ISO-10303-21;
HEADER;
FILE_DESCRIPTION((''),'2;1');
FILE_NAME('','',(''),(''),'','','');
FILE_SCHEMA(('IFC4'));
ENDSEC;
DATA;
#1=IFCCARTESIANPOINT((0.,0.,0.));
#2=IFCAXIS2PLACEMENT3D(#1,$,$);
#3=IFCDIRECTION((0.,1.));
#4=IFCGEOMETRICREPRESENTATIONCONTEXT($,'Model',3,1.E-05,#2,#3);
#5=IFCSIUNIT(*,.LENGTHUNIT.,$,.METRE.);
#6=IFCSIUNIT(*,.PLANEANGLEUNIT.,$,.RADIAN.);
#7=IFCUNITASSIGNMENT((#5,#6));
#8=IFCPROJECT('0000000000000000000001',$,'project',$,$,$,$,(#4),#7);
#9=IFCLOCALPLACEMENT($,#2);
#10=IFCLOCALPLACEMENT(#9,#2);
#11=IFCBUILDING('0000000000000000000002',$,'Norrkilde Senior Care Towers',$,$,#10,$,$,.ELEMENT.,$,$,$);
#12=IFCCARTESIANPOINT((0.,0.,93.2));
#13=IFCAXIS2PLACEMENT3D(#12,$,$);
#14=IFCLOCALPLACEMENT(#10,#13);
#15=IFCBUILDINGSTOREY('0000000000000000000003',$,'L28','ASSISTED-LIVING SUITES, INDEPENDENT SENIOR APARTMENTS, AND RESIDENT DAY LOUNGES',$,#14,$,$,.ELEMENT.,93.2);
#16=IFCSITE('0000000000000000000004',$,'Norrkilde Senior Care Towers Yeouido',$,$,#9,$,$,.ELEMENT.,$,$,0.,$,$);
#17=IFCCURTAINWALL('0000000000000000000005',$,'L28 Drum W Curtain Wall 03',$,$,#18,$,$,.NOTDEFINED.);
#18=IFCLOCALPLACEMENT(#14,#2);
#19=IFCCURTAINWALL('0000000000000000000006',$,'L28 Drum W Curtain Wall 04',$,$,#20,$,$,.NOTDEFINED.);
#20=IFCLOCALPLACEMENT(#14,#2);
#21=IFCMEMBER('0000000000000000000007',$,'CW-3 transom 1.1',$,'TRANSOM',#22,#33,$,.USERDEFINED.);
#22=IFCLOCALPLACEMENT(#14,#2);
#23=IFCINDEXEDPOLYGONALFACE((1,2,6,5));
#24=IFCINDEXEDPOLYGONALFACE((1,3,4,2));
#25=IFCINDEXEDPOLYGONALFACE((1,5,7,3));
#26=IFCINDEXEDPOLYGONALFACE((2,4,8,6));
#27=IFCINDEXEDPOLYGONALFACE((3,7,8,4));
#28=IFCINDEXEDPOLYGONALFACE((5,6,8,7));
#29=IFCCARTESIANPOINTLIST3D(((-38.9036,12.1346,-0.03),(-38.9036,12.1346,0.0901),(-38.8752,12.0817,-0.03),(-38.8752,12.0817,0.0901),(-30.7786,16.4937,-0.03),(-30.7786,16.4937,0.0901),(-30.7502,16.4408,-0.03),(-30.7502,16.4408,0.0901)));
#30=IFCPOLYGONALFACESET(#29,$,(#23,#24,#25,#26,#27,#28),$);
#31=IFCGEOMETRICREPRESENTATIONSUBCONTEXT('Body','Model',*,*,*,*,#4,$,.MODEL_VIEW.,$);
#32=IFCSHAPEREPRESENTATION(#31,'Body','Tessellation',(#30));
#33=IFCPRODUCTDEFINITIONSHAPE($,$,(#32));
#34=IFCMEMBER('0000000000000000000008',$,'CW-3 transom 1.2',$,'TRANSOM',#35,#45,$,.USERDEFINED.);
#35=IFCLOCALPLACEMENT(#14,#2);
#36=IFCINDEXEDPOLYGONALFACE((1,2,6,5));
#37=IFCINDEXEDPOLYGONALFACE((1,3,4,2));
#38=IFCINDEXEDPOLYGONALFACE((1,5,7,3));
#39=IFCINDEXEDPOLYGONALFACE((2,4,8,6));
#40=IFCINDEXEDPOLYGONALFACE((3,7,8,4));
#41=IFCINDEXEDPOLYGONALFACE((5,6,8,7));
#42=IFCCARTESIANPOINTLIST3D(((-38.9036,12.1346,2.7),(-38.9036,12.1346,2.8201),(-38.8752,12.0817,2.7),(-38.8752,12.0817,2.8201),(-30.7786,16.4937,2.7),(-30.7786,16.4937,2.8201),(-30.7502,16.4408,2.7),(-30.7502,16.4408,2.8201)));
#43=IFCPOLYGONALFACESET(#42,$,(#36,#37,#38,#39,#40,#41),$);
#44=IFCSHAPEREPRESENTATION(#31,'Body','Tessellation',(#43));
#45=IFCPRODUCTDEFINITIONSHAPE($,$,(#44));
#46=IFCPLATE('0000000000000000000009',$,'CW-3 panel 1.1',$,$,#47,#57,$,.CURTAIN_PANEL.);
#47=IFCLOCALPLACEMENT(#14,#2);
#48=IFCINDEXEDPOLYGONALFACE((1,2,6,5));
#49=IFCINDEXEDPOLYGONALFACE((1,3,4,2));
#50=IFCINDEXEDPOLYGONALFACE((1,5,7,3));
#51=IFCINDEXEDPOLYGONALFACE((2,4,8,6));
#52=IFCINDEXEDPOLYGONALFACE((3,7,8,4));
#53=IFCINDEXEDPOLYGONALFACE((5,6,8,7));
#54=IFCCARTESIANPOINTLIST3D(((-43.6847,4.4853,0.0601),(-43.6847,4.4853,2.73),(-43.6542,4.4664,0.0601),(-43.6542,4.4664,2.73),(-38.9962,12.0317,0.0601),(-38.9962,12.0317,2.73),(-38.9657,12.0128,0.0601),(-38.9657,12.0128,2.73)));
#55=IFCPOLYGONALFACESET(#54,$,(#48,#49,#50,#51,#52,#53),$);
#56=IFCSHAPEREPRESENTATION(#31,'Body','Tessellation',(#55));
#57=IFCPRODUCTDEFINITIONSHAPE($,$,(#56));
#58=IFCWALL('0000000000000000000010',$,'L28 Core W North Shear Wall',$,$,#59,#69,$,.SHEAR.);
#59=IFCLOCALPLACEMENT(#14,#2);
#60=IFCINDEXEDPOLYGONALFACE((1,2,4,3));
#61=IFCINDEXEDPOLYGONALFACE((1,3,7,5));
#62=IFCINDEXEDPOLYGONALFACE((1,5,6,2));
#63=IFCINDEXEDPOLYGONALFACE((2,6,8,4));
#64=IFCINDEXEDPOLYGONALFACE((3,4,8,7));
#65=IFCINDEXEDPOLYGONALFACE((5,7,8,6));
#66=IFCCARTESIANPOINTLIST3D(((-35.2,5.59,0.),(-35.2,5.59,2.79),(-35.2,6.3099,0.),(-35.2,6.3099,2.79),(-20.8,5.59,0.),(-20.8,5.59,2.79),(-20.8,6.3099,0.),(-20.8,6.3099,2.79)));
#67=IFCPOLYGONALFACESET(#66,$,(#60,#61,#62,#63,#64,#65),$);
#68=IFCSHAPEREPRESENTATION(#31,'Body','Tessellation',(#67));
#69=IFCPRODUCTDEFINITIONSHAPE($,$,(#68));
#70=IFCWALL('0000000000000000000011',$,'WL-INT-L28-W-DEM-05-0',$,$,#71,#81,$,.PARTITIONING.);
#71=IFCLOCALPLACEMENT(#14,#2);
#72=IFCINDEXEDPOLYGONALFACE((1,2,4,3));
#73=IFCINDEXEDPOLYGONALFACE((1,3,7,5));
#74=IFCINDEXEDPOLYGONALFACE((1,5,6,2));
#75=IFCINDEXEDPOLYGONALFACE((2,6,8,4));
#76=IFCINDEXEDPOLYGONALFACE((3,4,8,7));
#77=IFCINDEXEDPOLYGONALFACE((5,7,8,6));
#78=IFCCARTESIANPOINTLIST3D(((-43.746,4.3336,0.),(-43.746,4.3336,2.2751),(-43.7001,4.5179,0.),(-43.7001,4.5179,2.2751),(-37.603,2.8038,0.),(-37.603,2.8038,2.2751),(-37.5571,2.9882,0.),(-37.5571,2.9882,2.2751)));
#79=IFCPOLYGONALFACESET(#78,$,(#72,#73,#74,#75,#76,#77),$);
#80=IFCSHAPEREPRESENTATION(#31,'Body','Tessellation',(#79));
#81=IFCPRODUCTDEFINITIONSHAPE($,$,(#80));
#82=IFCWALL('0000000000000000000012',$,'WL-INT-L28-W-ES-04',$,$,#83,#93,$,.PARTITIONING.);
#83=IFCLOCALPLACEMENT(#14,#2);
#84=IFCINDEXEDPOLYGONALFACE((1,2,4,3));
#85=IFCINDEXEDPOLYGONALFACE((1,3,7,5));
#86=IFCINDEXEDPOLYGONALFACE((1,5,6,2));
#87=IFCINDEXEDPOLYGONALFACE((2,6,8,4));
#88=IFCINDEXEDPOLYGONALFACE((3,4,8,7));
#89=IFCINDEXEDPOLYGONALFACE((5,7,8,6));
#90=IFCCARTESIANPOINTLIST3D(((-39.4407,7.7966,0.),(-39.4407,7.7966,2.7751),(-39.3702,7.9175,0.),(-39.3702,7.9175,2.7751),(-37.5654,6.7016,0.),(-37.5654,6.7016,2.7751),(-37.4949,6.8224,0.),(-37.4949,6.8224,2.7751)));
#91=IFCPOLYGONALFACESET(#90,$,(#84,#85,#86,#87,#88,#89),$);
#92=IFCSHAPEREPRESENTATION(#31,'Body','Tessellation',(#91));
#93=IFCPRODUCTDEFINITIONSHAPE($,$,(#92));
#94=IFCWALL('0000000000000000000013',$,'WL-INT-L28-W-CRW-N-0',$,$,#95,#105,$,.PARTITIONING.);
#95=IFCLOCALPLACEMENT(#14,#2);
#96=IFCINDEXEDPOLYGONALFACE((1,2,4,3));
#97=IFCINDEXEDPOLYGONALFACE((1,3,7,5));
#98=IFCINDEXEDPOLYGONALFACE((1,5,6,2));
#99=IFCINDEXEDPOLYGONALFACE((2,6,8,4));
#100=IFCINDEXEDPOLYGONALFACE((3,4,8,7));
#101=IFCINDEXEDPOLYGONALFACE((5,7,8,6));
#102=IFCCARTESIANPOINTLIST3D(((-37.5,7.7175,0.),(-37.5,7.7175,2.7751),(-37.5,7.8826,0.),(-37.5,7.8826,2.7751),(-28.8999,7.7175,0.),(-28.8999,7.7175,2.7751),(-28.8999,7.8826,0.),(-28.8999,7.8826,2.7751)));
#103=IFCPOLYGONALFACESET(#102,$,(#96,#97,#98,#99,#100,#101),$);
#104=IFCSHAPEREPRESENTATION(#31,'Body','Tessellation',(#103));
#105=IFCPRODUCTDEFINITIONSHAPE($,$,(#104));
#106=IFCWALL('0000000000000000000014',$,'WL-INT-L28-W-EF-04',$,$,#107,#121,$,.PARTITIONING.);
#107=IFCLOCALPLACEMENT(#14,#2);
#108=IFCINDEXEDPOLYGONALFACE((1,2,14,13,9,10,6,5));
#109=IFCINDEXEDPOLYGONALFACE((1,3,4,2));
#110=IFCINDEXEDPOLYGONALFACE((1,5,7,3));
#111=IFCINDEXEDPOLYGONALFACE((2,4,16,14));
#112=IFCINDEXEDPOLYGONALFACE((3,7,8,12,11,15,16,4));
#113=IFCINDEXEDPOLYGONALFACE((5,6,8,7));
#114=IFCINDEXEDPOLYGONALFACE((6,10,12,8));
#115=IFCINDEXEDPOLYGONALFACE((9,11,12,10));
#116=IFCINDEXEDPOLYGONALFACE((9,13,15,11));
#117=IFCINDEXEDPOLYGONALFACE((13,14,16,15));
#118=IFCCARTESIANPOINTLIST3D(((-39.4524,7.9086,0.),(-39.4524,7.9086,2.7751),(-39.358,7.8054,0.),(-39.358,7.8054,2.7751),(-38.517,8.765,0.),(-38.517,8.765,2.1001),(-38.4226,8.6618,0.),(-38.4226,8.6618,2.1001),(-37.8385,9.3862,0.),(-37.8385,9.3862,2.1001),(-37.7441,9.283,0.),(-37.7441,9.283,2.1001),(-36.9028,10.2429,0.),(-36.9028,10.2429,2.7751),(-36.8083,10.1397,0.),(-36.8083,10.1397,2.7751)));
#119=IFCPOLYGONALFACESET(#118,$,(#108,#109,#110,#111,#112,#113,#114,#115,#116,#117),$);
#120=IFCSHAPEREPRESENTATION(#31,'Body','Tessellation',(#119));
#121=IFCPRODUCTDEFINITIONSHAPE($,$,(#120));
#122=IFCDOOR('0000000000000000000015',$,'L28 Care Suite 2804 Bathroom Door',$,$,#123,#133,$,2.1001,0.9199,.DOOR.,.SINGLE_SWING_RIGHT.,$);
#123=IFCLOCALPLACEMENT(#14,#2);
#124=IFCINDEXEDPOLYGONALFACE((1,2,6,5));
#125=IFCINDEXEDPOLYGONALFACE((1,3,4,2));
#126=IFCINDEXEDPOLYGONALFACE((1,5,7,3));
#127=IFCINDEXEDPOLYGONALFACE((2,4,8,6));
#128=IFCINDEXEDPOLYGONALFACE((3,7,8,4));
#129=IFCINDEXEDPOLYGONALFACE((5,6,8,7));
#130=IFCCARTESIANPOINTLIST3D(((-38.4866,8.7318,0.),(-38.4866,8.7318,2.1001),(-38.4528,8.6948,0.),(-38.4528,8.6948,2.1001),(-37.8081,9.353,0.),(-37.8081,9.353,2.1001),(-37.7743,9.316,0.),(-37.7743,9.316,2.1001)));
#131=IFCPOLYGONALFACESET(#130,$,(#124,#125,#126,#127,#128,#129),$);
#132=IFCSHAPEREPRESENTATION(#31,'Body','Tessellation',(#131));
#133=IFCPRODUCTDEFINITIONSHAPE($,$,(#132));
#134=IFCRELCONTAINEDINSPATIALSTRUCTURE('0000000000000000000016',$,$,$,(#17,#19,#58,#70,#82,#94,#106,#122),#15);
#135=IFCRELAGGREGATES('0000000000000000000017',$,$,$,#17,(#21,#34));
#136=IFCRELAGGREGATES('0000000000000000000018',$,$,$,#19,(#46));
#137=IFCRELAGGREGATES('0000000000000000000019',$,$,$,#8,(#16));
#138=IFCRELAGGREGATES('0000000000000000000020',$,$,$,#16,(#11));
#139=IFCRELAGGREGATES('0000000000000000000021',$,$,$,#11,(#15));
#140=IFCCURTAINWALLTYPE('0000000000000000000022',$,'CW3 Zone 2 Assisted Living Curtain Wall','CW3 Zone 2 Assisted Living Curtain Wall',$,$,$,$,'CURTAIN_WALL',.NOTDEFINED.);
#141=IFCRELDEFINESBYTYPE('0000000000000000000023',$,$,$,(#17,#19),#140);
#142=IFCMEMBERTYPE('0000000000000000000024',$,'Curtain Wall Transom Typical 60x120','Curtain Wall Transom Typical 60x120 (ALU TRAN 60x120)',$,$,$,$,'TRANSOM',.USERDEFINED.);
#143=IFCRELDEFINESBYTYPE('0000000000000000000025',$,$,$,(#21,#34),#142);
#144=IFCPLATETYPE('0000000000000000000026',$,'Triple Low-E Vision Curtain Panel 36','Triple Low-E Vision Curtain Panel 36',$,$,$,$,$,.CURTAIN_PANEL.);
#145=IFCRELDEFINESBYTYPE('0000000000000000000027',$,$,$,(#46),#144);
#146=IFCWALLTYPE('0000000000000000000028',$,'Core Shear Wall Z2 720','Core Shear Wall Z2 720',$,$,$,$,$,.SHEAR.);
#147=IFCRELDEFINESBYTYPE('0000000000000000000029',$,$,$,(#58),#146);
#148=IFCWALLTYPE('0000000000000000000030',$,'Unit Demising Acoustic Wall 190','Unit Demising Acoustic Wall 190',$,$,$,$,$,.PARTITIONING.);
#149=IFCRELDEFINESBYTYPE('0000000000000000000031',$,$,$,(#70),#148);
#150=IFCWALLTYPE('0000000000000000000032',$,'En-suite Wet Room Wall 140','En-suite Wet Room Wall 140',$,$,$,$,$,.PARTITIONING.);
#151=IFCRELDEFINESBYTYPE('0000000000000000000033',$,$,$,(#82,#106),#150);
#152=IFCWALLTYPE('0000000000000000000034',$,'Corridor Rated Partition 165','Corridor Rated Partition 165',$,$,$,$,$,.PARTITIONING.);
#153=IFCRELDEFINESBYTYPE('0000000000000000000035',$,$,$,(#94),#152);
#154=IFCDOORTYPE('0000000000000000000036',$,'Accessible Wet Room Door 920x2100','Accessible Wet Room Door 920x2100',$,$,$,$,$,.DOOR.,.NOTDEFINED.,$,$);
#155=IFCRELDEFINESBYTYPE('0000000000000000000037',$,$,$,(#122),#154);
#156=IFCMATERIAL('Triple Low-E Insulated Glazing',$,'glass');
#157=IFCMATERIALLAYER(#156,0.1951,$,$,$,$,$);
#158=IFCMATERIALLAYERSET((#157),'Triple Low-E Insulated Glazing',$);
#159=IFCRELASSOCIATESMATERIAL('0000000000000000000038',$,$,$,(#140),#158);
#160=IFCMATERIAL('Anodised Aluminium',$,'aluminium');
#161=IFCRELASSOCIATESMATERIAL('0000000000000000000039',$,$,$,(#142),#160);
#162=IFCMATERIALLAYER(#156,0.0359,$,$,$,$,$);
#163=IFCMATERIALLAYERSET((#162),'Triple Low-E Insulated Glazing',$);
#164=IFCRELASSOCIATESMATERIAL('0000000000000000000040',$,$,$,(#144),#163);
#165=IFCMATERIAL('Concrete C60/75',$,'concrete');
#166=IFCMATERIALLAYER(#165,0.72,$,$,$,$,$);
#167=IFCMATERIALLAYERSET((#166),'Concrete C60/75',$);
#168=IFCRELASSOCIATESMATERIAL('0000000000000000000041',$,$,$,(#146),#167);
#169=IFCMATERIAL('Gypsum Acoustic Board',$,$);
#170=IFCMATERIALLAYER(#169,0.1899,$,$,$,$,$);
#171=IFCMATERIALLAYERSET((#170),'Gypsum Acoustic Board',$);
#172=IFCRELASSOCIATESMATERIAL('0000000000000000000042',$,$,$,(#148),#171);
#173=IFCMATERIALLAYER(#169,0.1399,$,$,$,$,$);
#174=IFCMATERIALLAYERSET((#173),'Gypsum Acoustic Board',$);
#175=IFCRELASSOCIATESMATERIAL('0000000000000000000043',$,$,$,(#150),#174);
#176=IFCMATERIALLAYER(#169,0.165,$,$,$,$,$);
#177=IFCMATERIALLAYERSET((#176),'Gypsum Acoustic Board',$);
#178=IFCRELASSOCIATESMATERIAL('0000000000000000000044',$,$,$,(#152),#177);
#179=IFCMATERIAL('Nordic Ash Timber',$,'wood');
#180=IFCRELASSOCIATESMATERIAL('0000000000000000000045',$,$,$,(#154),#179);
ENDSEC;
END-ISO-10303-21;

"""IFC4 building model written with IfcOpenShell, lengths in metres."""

from ifc_helpers import new_model, si_unit, direction, frame, frame_2d, origin, origin_2d, place, context, subcontext, project, spatial, rectangle, extrude, source, transform, mapped, material, layer, layer_set, material_profile, profile_set, type_object, type_shapes, element, fill, aggregate, save


model = new_model("IFC4")

# Units and contexts
model_context = context("Model", 3, precision=1e-05, world=origin(), true_north=direction((0.0, 1.0)))
body_context = subcontext(model_context, "Body", "Model", "MODEL_VIEW")
ifc_project = project(units=[si_unit("LENGTHUNIT", "METRE"), si_unit("PLANEANGLEUNIT", "RADIAN")], contexts=[model_context])

# Site, building, storey
site_placement = place(None, origin())
site = spatial("IfcSite", under=ifc_project, at=site_placement, Name="Norrkilde Senior Care Towers Yeouido", CompositionType="ELEMENT", RefElevation=0.0)
building_placement = place(site_placement, origin())
building = spatial("IfcBuilding", under=site, at=building_placement, Name="Norrkilde Senior Care Towers", CompositionType="ELEMENT")
storey_placement = place(building_placement, frame((0.0, 0.0, 93.2)))
storey = spatial("IfcBuildingStorey", under=building, at=storey_placement, Name="L28", Description="ASSISTED-LIVING SUITES, INDEPENDENT SENIOR APARTMENTS, AND RESIDENT DAY LOUNGES", CompositionType="ELEMENT", Elevation=93.2)

# Shared definitions
ifc_material_1 = material(Name="Concrete C60/75", Category="concrete")

# Curtain wall
ifc_material_2 = material(Name="Triple Low-E Insulated Glazing", Category="glass")
ifc_layer_1 = layer(ifc_material_2, 0.1951)
ifc_layer_set_1 = layer_set([ifc_layer_1], Name="Triple Low-E Insulated Glazing")
curtain_wall_type = type_object("IfcCurtainWallType", Name="CW3 Zone 2 Assisted Living Curtain Wall", Description="CW3 Zone 2 Assisted Living Curtain Wall", ElementType="CURTAIN_WALL", PredefinedType="NOTDEFINED", material=ifc_layer_set_1)
curtain_wall_1_placement = place(storey_placement, origin())
curtain_wall_1 = element("IfcCurtainWall", 1, at=curtain_wall_1_placement, inside=storey, type_object=curtain_wall_type, Name="L28 Drum W Curtain Wall 03", PredefinedType="NOTDEFINED")
ifc_material_3 = material(Name="Anodised Aluminium", Category="aluminium")

# Curtain wall
curtain_wall_2_placement = place(storey_placement, origin())
curtain_wall_2 = element("IfcCurtainWall", 2, at=curtain_wall_2_placement, inside=storey, type_object=curtain_wall_type, Name="L28 Drum W Curtain Wall 04", PredefinedType="NOTDEFINED")

# Members
ifc_material_profile_1 = material_profile(ifc_material_3, rectangle(XDim=0.0601, YDim=0.1201, at=origin_2d()), Name="ALU TRAN 60x120")
ifc_profile_set_1 = profile_set([ifc_material_profile_1], Name="Anodised Aluminium")
member_type_1 = type_object("IfcMemberType", Name="Curtain Wall Transom Typical 60x120", Description="Curtain Wall Transom Typical 60x120 (ALU TRAN 60x120)", ElementType="TRANSOM", PredefinedType="USERDEFINED", material=ifc_profile_set_1)
shared_shape_1 = source(origin(), body_context, "Body", "SweptSolid", [
    extrude(rectangle(XDim=0.0601, YDim=0.1201, at=origin_2d()), origin(), (0.0, 0.0, 1.0), 9.2205),
])
member_1_placement = place(storey_placement, frame((-38.8894, 12.1082, 0.03), z_axis=(0.881189, 0.472765, 0.0), x_axis=(-0.472765, 0.881189, 0.0)))
member_1 = element("IfcMember", 3, at=member_1_placement, type_object=member_type_1, Name="CW-3 transom 1.1", ObjectType="TRANSOM", PredefinedType="USERDEFINED", context=body_context, shape_type="MappedRepresentation", body=[
    mapped(shared_shape_1, transform((0.0, 0.0, 0.0), x_axis=(1.0, 0.0, 0.0), y_axis=(0.0, 1.0, 0.0), z_axis=(0.0, 0.0, 1.0), scale=1.0)),
])
member_2_placement = place(storey_placement, frame((-38.8894, 12.1082, 2.76), z_axis=(0.881189, 0.472765, 0.0), x_axis=(-0.472765, 0.881189, 0.0)))
member_2 = element("IfcMember", 4, at=member_2_placement, type_object=member_type_1, Name="CW-3 transom 1.2", ObjectType="TRANSOM", PredefinedType="USERDEFINED", context=body_context, shape_type="MappedRepresentation", body=[
    mapped(shared_shape_1, transform((0.0, 0.0, 0.0), x_axis=(1.0, 0.0, 0.0), y_axis=(0.0, 1.0, 0.0), z_axis=(0.0, 0.0, 1.0), scale=1.0)),
])
aggregate(curtain_wall_1, [member_1, member_2])

# Plate
ifc_layer_2 = layer(ifc_material_2, 0.0359)
ifc_layer_set_2 = layer_set([ifc_layer_2], Name="Triple Low-E Insulated Glazing")
plate_type = type_object("IfcPlateType", Name="Triple Low-E Vision Curtain Panel 36", Description="Triple Low-E Vision Curtain Panel 36", PredefinedType="CURTAIN_PANEL", material=ifc_layer_set_2)
shared_shape_2 = source(origin(), body_context, "Body", "SweptSolid", [
    extrude(rectangle(XDim=8.8843, YDim=0.0359, at=origin_2d()), origin(), (0.0, 0.0, 1.0), 2.6699),
])
type_shapes(plate_type, [shared_shape_2])
plate_placement = place(storey_placement, frame((-41.3252, 8.249, 0.0601), z_axis=(0.0, 0.0, 1.0), x_axis=(0.527733, 0.84941, 0.0)))
plate = element("IfcPlate", 5, at=plate_placement, type_object=plate_type, Name="CW-3 panel 1.1", PredefinedType="CURTAIN_PANEL", context=body_context, shape_type="MappedRepresentation", body=[
    mapped(shared_shape_2, transform((0.0, 0.0, 0.0), x_axis=(1.0, 0.0, 0.0), y_axis=(0.0, 1.0, 0.0), z_axis=(0.0, 0.0, 1.0), scale=1.0)),
])
aggregate(curtain_wall_2, [plate])

# Walls
ifc_layer_3 = layer(ifc_material_1, 0.72)
ifc_layer_set_3 = layer_set([ifc_layer_3], Name="Concrete C60/75")
wall_type_1 = type_object("IfcWallType", Name="Core Shear Wall Z2 720", Description="Core Shear Wall Z2 720", PredefinedType="SHEAR", material=ifc_layer_set_3)
shared_shape_3 = source(origin(), body_context, "Body", "SweptSolid", [
    extrude(rectangle(XDim=14.3999, YDim=0.72, at=frame_2d((7.2, 0.0))), origin(), (0.0, 0.0, 1.0), 2.79),
])
type_shapes(wall_type_1, [shared_shape_3])
wall_1_placement = place(storey_placement, frame((-35.2, 5.95, 0.0), z_axis=(0.0, 0.0, 1.0), x_axis=(1.0, 0.0, 0.0)))
element("IfcWall", 6, at=wall_1_placement, inside=storey, type_object=wall_type_1, Name="L28 Core W North Shear Wall", PredefinedType="SHEAR", context=body_context, shape_type="MappedRepresentation", body=[
    mapped(shared_shape_3, transform((0.0, 0.0, 0.0), x_axis=(1.0, 0.0, 0.0), y_axis=(0.0, 1.0, 0.0), z_axis=(0.0, 0.0, 1.0), scale=1.0)),
])
ifc_material_4 = material(Name="Gypsum Acoustic Board")
ifc_layer_4 = layer(ifc_material_4, 0.1899)
ifc_layer_set_4 = layer_set([ifc_layer_4], Name="Gypsum Acoustic Board")
wall_type_2 = type_object("IfcWallType", Name="Unit Demising Acoustic Wall 190", Description="Unit Demising Acoustic Wall 190", PredefinedType="PARTITIONING", material=ifc_layer_set_4)
shared_shape_4 = source(origin(), body_context, "Body", "SweptSolid", [
    extrude(rectangle(XDim=6.3306, YDim=0.1899, at=frame_2d((3.1653, 0.0))), origin(), (0.0, 0.0, 1.0), 2.2751),
])
type_shapes(wall_type_2, [shared_shape_4])
wall_2_placement = place(storey_placement, frame((-37.5801, 2.896, 0.0), z_axis=(0.0, 0.0, 1.0), x_axis=(-0.970364, 0.241646, 0.0)))
element("IfcWall", 7, at=wall_2_placement, inside=storey, type_object=wall_type_2, Name="WL-INT-L28-W-DEM-05-0", PredefinedType="PARTITIONING", context=body_context, shape_type="MappedRepresentation", body=[
    mapped(shared_shape_4, transform((0.0, 0.0, 0.0), x_axis=(1.0, 0.0, 0.0), y_axis=(0.0, 1.0, 0.0), z_axis=(0.0, 0.0, 1.0), scale=1.0)),
])
ifc_layer_5 = layer(ifc_material_4, 0.1399)
ifc_layer_set_5 = layer_set([ifc_layer_5], Name="Gypsum Acoustic Board")
wall_type_3 = type_object("IfcWallType", Name="En-suite Wet Room Wall 140", Description="En-suite Wet Room Wall 140", PredefinedType="PARTITIONING", material=ifc_layer_set_5)
shared_shape_5 = source(origin(), body_context, "Body", "SweptSolid", [
    extrude(rectangle(XDim=2.1716, YDim=0.1399, at=frame_2d((1.0859, 0.0))), origin(), (0.0, 0.0, 1.0), 2.7751),
])
wall_3_placement = place(storey_placement, frame((-37.53, 6.762, 0.0), z_axis=(0.0, 0.0, 1.0), x_axis=(-0.863563, 0.504241, 0.0)))
element("IfcWall", 8, at=wall_3_placement, inside=storey, type_object=wall_type_3, Name="WL-INT-L28-W-ES-04", PredefinedType="PARTITIONING", context=body_context, shape_type="MappedRepresentation", body=[
    mapped(shared_shape_5, transform((0.0, 0.0, 0.0), x_axis=(1.0, 0.0, 0.0), y_axis=(0.0, 1.0, 0.0), z_axis=(0.0, 0.0, 1.0), scale=1.0)),
])
ifc_layer_6 = layer(ifc_material_4, 0.165)
ifc_layer_set_6 = layer_set([ifc_layer_6], Name="Gypsum Acoustic Board")
wall_type_4 = type_object("IfcWallType", Name="Corridor Rated Partition 165", Description="Corridor Rated Partition 165", PredefinedType="PARTITIONING", material=ifc_layer_set_6)
shared_shape_6 = source(origin(), body_context, "Body", "SweptSolid", [
    extrude(rectangle(XDim=8.6001, YDim=0.165, at=frame_2d((4.3, 0.0))), origin(), (0.0, 0.0, 1.0), 2.7751),
])
type_shapes(wall_type_4, [shared_shape_6])
wall_4_placement = place(storey_placement, frame((-37.5, 7.8, 0.0), z_axis=(0.0, 0.0, 1.0), x_axis=(1.0, 0.0, 0.0)))
element("IfcWall", 9, at=wall_4_placement, inside=storey, type_object=wall_type_4, Name="WL-INT-L28-W-CRW-N-0", PredefinedType="PARTITIONING", context=body_context, shape_type="MappedRepresentation", body=[
    mapped(shared_shape_6, transform((0.0, 0.0, 0.0), x_axis=(1.0, 0.0, 0.0), y_axis=(0.0, 1.0, 0.0), z_axis=(0.0, 0.0, 1.0), scale=1.0)),
])

# Wall, opening, door
shared_shape_7 = source(origin(), body_context, "Body", "SweptSolid", [
    extrude(rectangle(XDim=3.4568, YDim=0.1399, at=frame_2d((1.7285, 0.0))), origin(), (0.0, 0.0, 1.0), 2.7751),
])
type_shapes(wall_type_3, [shared_shape_5, shared_shape_7])
wall_5_placement = place(storey_placement, frame((-39.4053, 7.8569, 0.0), z_axis=(0.0, 0.0, 1.0), x_axis=(0.737567, 0.675274, 0.0)))
wall_5 = element("IfcWall", 10, at=wall_5_placement, inside=storey, type_object=wall_type_3, Name="WL-INT-L28-W-EF-04", PredefinedType="PARTITIONING", context=body_context, shape_type="MappedRepresentation", body=[
    mapped(shared_shape_7, transform((0.0, 0.0, 0.0), x_axis=(1.0, 0.0, 0.0), y_axis=(0.0, 1.0, 0.0), z_axis=(0.0, 0.0, 1.0), scale=1.0)),
])
opening_placement = place(wall_5_placement, frame((1.2683, 0.0, 0.0)))
opening = element("IfcOpeningElement", 11, at=opening_placement, cuts=wall_5, PredefinedType="OPENING", context=body_context, shape_type="SweptSolid", body=[
    extrude(rectangle(XDim=0.9199, YDim=2.1001, at=frame_2d((0.46, 1.05))), frame((0.0, 0.0798, 0.0), z_axis=(0.0, -1.0, 0.0), x_axis=(1.0, 0.0, 0.0)), (0.0, 0.0, 1.0), 0.1599),
])
ifc_material_5 = material(Name="Nordic Ash Timber", Category="wood")
door_type = type_object("IfcDoorType", Name="Accessible Wet Room Door 920x2100", Description="Accessible Wet Room Door 920x2100", OperationType="NOTDEFINED", PredefinedType="DOOR", material=ifc_material_5)
shared_shape_8 = source(origin(), body_context, "Body", "SweptSolid", [
    extrude(rectangle(XDim=0.9199, YDim=2.1001, at=frame_2d((0.46, 1.05))), frame((0.0, 0.0249, 0.0), z_axis=(0.0, -1.0, 0.0), x_axis=(1.0, 0.0, 0.0)), (0.0, 0.0, 1.0), 0.05),
])
type_shapes(door_type, [shared_shape_8])
door_placement = place(opening_placement, origin())
door = element("IfcDoor", 12, at=door_placement, inside=storey, type_object=door_type, Name="L28 Care Suite 2804 Bathroom Door", OperationType="SINGLE_SWING_RIGHT", OverallHeight=2.1001, OverallWidth=0.9199, PredefinedType="DOOR", context=body_context, shape_type="MappedRepresentation", body=[
    mapped(shared_shape_8, transform((0.0, 0.0, 0.0), x_axis=(1.0, 0.0, 0.0), y_axis=(0.0, 1.0, 0.0), z_axis=(0.0, 0.0, 1.0), scale=1.0)),
])
fill(opening, door)

save(model, "model.ifc")
